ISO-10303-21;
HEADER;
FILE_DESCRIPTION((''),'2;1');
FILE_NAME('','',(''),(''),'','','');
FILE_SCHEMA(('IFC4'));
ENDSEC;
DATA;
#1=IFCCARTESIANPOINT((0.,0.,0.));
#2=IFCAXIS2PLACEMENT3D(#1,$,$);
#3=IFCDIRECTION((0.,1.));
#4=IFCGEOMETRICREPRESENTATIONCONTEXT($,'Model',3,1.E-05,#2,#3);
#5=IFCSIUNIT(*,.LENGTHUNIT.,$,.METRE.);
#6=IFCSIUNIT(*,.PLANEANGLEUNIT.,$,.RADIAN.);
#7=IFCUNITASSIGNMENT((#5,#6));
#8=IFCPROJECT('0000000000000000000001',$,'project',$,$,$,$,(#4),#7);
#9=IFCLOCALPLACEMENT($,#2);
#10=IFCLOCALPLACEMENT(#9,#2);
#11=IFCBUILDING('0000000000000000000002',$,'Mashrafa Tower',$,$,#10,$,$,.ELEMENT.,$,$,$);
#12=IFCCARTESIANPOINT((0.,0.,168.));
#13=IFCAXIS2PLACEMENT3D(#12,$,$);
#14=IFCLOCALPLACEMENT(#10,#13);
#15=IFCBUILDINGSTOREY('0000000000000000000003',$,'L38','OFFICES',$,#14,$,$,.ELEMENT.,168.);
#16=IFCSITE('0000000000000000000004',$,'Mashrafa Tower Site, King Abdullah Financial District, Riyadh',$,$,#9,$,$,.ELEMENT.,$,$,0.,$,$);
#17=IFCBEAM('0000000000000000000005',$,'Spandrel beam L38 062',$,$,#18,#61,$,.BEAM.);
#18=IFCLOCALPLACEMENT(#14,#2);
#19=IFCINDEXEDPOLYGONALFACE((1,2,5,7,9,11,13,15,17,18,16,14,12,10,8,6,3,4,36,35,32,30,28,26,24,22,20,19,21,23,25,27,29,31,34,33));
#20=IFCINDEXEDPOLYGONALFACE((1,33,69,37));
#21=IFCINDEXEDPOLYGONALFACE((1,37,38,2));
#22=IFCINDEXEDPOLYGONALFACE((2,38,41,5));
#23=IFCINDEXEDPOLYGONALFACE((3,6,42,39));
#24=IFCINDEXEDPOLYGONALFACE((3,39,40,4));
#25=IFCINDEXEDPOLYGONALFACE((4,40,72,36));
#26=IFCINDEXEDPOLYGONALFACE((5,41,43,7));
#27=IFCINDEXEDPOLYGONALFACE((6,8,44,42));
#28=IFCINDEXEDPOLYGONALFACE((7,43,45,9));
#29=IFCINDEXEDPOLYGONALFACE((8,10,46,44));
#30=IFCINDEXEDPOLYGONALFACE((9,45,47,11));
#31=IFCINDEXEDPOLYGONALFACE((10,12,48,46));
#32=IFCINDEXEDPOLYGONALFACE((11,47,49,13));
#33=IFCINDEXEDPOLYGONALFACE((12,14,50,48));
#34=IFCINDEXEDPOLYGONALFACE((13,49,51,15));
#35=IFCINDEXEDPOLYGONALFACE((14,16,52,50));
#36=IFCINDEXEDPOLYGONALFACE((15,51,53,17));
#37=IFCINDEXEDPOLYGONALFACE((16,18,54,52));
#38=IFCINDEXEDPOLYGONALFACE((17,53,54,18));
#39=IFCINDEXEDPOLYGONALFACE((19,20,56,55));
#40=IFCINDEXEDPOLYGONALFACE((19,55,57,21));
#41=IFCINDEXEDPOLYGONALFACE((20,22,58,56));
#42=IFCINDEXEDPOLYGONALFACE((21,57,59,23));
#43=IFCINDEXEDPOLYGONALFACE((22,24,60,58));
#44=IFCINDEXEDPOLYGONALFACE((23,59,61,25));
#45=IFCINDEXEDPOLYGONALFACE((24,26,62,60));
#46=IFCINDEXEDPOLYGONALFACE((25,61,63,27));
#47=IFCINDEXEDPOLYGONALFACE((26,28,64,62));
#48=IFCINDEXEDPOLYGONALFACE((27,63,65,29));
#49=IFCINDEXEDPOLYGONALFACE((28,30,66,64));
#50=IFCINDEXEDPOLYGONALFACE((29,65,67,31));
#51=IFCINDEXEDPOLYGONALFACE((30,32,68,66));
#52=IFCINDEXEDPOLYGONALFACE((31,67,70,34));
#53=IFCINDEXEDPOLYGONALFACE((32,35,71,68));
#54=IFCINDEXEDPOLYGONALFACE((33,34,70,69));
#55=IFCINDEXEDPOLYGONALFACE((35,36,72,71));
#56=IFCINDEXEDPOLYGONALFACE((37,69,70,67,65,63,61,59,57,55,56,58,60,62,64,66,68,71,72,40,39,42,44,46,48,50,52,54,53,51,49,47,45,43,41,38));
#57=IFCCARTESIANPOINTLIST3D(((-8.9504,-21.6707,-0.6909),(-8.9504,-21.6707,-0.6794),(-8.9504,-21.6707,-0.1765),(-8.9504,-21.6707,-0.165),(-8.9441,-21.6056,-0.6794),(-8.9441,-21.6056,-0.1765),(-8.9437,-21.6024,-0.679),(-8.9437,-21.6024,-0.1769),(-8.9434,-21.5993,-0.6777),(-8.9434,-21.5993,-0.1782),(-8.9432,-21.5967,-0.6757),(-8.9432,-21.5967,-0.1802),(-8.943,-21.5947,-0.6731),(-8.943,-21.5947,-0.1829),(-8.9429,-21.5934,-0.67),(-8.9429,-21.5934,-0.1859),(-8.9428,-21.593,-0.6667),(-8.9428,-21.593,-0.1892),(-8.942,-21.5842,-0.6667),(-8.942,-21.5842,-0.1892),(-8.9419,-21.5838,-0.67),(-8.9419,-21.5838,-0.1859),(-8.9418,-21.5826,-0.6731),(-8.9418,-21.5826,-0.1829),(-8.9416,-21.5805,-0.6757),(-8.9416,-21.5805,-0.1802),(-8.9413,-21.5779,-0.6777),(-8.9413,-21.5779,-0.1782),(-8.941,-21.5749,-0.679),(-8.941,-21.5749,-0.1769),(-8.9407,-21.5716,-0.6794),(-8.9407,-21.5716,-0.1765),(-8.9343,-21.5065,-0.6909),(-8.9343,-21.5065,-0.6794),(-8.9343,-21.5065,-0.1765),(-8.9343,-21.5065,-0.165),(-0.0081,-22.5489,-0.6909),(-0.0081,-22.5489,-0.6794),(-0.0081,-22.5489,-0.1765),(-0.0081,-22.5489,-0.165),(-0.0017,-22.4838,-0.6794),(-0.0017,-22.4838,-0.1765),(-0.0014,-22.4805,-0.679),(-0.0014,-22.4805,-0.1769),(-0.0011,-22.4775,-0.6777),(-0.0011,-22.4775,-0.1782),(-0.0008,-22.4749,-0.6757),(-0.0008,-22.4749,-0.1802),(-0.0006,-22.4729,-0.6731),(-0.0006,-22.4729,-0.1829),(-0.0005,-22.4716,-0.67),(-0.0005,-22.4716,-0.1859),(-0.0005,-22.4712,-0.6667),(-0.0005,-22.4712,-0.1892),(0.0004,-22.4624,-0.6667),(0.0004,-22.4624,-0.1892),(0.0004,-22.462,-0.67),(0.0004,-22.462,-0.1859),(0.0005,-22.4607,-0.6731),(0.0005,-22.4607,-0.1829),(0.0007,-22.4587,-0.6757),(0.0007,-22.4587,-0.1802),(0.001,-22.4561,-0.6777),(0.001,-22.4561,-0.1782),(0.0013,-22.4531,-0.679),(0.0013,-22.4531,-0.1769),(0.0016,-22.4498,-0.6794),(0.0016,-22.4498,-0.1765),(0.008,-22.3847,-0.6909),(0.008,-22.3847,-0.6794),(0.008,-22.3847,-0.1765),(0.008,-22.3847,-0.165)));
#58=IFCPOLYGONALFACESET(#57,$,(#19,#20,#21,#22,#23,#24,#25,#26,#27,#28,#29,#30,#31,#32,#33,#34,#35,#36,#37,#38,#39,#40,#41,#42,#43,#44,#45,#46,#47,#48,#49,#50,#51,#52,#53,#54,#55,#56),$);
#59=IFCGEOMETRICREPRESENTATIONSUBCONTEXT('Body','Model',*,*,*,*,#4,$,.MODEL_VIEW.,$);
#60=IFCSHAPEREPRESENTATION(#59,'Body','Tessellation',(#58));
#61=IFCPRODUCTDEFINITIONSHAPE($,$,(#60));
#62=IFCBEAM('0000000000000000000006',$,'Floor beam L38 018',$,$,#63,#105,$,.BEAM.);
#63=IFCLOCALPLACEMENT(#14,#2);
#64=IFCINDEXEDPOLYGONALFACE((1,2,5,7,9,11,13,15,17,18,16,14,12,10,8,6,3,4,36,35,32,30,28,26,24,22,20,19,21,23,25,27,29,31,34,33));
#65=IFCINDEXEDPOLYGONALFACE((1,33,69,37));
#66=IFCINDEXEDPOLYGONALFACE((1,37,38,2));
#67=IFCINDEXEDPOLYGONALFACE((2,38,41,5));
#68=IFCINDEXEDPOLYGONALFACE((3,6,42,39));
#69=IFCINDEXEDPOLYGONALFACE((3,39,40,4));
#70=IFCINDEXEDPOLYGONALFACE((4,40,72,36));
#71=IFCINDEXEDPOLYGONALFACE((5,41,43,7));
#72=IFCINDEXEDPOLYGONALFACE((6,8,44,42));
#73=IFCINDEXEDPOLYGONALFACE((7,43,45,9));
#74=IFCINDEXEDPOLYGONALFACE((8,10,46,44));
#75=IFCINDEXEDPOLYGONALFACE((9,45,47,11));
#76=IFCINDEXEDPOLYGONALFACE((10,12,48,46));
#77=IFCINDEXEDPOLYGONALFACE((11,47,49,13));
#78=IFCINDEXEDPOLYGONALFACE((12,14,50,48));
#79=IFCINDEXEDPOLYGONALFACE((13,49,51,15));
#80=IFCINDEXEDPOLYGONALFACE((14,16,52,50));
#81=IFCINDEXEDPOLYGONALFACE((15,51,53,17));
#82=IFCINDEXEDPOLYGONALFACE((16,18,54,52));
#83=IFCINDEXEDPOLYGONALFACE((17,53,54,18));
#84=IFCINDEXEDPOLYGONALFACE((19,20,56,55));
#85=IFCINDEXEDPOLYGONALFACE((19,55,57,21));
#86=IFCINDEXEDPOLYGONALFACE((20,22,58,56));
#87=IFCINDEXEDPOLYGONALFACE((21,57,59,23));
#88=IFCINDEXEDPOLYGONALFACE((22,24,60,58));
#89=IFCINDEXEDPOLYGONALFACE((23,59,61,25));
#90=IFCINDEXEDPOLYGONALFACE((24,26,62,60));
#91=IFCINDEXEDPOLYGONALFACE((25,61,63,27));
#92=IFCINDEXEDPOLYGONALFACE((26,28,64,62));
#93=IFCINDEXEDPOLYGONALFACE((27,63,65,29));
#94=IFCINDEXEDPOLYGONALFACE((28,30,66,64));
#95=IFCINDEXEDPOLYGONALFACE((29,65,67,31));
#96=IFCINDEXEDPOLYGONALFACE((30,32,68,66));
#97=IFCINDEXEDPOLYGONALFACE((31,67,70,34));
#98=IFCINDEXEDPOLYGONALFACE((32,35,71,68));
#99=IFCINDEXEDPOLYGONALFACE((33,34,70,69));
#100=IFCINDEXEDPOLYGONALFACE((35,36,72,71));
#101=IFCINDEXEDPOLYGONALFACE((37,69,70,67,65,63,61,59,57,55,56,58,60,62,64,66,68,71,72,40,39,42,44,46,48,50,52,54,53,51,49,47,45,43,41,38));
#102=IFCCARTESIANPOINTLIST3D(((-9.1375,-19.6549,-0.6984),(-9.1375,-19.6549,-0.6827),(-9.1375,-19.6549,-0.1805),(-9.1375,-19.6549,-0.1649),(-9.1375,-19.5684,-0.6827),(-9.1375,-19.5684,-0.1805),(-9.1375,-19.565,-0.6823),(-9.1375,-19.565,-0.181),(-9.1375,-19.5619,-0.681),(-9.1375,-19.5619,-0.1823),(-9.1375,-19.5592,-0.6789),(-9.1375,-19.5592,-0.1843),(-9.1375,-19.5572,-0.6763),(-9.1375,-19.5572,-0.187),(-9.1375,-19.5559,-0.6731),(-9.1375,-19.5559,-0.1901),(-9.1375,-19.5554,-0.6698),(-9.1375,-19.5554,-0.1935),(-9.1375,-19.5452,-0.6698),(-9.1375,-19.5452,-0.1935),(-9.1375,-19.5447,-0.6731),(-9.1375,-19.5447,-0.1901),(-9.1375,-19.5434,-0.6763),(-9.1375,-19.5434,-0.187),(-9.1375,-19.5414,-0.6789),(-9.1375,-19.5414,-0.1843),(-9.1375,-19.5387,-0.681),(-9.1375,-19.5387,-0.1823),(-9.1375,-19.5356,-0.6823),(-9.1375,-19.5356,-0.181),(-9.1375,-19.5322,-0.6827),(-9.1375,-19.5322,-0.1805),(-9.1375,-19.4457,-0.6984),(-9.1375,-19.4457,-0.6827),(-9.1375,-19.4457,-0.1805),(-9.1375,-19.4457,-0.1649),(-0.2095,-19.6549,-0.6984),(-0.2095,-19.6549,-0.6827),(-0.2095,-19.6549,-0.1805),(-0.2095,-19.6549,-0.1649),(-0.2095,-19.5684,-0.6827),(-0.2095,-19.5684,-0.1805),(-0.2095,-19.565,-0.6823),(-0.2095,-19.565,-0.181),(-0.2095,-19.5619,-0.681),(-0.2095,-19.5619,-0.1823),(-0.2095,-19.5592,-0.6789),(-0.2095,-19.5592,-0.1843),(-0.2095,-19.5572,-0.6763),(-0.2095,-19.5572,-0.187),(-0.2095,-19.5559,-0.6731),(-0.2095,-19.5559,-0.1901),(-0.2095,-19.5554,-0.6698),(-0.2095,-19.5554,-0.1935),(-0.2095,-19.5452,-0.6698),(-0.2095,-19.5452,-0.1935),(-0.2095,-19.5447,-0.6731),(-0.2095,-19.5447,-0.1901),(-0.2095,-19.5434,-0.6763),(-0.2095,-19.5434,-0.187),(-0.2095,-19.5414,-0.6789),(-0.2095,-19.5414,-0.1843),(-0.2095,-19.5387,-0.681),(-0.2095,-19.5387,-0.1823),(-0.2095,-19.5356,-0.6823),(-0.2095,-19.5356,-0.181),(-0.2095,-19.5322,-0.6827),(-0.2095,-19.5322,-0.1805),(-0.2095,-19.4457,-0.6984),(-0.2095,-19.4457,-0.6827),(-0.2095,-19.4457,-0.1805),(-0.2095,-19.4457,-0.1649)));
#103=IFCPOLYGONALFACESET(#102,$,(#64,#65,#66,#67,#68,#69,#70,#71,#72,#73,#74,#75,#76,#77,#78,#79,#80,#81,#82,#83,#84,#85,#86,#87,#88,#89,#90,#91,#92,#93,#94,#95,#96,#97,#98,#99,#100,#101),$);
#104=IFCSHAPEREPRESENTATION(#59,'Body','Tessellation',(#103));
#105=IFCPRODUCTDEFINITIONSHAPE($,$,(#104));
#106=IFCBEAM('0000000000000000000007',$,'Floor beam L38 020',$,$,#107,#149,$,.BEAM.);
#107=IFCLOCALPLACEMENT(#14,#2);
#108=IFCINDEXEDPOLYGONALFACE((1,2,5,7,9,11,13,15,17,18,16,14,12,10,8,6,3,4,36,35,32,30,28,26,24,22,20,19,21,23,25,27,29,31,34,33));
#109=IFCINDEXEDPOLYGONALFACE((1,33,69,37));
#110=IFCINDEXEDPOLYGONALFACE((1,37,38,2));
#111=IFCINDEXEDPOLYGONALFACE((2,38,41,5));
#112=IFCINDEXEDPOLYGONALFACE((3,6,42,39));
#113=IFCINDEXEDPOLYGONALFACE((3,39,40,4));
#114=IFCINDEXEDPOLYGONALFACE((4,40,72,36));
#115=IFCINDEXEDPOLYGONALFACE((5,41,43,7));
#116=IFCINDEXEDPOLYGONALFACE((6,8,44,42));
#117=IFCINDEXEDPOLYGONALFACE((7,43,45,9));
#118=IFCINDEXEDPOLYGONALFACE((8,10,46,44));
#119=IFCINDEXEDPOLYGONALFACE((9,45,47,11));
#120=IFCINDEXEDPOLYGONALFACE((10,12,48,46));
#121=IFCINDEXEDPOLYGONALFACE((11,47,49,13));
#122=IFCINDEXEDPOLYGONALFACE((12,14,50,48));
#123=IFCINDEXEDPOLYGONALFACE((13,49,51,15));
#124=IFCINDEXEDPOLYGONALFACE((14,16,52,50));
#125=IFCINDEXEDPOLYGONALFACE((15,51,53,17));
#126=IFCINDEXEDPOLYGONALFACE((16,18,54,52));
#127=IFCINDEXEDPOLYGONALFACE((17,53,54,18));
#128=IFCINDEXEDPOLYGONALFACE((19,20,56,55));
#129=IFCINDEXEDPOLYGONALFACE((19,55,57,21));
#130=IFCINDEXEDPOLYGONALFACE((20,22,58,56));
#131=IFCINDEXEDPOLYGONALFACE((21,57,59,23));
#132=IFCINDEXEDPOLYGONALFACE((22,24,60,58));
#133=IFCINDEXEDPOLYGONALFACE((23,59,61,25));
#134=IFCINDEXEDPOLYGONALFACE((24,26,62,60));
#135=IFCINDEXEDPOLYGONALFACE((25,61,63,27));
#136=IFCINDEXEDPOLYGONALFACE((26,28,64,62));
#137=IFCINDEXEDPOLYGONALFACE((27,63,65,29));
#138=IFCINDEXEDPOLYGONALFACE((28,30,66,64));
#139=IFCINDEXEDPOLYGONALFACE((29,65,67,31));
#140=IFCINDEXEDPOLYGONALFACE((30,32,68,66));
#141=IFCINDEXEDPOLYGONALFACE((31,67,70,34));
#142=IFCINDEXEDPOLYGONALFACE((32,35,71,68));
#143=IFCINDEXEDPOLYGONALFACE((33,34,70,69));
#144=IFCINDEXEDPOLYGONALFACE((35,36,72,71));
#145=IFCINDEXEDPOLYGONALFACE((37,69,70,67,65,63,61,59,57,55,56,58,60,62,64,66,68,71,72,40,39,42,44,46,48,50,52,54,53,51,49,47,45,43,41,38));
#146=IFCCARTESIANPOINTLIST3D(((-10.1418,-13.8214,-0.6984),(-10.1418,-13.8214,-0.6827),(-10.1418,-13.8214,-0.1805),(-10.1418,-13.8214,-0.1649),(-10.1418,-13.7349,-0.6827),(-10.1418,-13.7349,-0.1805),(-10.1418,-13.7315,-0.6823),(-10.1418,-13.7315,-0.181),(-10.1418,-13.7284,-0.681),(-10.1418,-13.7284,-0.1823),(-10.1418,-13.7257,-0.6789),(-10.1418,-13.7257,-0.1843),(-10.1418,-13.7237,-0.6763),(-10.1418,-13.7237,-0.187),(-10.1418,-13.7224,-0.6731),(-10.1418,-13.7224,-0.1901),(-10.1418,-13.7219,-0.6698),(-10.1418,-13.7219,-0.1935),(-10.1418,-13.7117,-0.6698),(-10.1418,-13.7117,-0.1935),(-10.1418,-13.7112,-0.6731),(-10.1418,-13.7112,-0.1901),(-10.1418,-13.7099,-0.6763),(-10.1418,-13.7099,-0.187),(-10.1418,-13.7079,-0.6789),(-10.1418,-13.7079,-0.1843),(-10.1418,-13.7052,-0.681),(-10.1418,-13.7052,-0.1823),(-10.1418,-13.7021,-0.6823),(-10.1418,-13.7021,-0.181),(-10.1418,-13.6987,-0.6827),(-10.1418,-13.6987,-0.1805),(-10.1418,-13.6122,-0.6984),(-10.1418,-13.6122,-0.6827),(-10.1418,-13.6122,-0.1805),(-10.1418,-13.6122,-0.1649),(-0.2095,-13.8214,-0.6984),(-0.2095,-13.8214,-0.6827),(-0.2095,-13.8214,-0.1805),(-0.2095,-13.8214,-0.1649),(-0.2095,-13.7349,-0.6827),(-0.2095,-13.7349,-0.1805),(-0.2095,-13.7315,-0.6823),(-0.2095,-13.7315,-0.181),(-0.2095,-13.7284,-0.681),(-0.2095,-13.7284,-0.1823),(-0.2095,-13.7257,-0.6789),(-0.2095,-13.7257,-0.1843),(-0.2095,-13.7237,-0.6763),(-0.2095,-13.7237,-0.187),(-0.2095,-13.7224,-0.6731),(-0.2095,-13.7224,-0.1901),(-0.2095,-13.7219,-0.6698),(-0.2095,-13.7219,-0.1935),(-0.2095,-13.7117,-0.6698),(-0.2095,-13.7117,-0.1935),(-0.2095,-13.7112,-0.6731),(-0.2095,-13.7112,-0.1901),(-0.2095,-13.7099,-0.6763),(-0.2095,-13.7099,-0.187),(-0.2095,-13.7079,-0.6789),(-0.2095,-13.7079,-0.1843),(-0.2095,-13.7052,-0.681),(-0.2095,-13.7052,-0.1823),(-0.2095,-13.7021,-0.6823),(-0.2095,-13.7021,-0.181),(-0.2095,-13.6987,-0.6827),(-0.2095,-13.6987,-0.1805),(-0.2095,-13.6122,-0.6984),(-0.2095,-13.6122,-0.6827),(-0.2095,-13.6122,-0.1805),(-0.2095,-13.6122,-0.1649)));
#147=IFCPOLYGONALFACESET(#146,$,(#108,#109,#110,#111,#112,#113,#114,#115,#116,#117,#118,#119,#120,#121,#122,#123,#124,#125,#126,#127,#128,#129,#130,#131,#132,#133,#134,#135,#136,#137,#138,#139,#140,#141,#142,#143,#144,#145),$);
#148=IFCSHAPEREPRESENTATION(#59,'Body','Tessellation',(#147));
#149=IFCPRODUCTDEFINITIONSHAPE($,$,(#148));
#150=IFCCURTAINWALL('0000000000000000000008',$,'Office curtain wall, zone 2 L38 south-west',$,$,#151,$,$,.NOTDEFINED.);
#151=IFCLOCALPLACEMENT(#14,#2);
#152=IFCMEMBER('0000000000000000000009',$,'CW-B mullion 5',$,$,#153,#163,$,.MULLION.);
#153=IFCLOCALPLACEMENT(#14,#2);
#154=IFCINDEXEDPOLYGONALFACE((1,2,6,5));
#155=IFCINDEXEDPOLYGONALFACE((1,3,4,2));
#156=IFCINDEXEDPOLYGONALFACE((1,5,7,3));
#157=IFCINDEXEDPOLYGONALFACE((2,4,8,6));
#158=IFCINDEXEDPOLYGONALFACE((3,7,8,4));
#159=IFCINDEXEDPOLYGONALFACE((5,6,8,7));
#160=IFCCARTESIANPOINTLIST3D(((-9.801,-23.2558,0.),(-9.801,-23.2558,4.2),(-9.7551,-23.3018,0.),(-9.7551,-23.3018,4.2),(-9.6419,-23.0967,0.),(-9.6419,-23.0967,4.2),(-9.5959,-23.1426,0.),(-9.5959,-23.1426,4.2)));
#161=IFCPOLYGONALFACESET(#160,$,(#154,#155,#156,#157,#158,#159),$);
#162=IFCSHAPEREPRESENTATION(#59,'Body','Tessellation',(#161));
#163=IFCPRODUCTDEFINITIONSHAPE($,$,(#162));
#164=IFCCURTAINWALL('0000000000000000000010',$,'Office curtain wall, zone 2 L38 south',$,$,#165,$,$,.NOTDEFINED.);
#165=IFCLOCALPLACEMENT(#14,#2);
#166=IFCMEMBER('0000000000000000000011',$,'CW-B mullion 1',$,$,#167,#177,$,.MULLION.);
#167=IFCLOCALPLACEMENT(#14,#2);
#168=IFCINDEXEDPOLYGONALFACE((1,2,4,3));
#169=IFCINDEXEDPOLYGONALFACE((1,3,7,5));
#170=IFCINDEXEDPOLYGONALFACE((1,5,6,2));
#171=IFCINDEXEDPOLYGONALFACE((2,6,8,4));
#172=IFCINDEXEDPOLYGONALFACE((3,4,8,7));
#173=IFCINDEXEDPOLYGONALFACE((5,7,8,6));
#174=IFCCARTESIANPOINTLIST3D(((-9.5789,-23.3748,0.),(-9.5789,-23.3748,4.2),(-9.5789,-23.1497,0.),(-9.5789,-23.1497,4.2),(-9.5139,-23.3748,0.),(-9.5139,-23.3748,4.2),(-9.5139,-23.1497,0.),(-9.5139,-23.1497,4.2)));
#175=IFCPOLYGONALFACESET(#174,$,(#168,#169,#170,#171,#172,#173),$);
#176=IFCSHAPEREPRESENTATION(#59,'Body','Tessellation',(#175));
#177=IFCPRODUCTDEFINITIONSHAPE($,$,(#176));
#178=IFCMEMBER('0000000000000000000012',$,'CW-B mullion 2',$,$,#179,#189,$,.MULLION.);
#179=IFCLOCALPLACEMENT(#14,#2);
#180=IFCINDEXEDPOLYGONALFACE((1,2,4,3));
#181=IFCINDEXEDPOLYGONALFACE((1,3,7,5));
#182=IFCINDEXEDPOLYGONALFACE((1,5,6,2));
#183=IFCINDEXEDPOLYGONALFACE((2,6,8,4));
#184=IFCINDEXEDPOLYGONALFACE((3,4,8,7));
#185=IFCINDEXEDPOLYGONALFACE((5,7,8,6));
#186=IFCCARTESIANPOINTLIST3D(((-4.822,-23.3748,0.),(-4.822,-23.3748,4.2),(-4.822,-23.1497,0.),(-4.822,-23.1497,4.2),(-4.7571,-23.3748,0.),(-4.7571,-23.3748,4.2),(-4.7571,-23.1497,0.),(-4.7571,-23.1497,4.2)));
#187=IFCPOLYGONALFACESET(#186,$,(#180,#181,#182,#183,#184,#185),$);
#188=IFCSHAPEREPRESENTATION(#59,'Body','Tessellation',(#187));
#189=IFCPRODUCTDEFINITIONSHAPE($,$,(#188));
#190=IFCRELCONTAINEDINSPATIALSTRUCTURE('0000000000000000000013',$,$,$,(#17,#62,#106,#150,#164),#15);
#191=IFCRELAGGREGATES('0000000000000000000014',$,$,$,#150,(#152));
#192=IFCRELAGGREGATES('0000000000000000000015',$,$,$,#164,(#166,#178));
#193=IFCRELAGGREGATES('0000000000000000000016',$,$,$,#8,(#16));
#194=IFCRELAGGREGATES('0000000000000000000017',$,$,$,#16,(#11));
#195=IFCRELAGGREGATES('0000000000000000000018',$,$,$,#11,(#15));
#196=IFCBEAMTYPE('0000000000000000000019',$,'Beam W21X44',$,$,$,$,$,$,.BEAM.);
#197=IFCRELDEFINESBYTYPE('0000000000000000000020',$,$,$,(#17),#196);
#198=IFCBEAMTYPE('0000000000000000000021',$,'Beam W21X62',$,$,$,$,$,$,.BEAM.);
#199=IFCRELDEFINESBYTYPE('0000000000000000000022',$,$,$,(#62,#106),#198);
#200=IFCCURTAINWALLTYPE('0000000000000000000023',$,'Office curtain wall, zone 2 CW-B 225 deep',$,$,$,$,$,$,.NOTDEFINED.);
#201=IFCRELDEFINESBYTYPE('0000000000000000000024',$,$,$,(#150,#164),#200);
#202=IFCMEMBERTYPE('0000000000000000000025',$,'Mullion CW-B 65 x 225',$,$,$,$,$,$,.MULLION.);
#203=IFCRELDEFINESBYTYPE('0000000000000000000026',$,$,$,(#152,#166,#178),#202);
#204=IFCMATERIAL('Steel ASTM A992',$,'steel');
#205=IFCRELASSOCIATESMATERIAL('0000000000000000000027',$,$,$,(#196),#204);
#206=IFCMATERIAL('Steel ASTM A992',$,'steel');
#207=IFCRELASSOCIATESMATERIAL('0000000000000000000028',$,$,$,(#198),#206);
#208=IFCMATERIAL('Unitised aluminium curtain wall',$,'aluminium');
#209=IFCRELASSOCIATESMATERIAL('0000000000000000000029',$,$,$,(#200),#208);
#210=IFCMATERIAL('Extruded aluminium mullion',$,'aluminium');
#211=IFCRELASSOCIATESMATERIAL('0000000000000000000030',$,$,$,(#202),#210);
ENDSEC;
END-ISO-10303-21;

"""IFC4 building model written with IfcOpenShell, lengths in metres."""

from ifc_helpers import new_model, si_unit, direction, frame, origin, origin_2d, place, context, subcontext, project, spatial, rectangle, i_section, extrude, source, transform, mapped, material, material_profile, profile_set, type_object, type_shapes, element, aggregate, save


model = new_model("IFC4")

# Units and contexts
model_context = context("Model", 3, precision=1e-05, world=origin(), true_north=direction((0.0, 1.0)))
body_context = subcontext(model_context, "Body", "Model", "MODEL_VIEW")
ifc_project = project(units=[si_unit("LENGTHUNIT", "METRE"), si_unit("PLANEANGLEUNIT", "RADIAN")], contexts=[model_context])

# Site, building, storey
site_placement = place(None, origin())
site = spatial("IfcSite", under=ifc_project, at=site_placement, Name="Mashrafa Tower Site, King Abdullah Financial District, Riyadh", CompositionType="ELEMENT", RefElevation=0.0)
building_placement = place(site_placement, origin())
building = spatial("IfcBuilding", under=site, at=building_placement, Name="Mashrafa Tower", CompositionType="ELEMENT")
storey_placement = place(building_placement, frame((0.0, 0.0, 168.0)))
storey = spatial("IfcBuildingStorey", under=building, at=storey_placement, Name="L38", Description="OFFICES", CompositionType="ELEMENT", Elevation=168.0)

# Beams
ifc_material_1 = material(Name="Steel ASTM A992", Category="steel")
ifc_material_profile_1 = material_profile(ifc_material_1, i_section(OverallWidth=0.165, OverallDepth=0.5259, WebThickness=0.0088, FlangeThickness=0.0115, FilletRadius=0.0127, at=origin_2d()), Name="W21X44")
ifc_profile_set_1 = profile_set([ifc_material_profile_1], Name="Steel ASTM A992")
beam_type_1 = type_object("IfcBeamType", Name="Beam W21X44", PredefinedType="BEAM", material=ifc_profile_set_1)
beam_1_placement = place(storey_placement, frame((-8.9424, -21.5886, -0.428), z_axis=(0.995213, -0.097733, 0.0), x_axis=(0.097733, 0.995213, 0.0)))
element("IfcBeam", 1, at=beam_1_placement, inside=storey, type_object=beam_type_1, Name="Spandrel beam L38 062", PredefinedType="BEAM", context=body_context, shape_type="SweptSolid", body=[
    extrude(i_section(OverallWidth=0.165, OverallDepth=0.5259, WebThickness=0.0088, FlangeThickness=0.0115, FilletRadius=0.0127, at=origin_2d()), origin(), (0.0, 0.0, 1.0), 8.9854),
])
ifc_material_2 = material(Name="Steel ASTM A992", Category="steel")
ifc_material_profile_2 = material_profile(ifc_material_2, i_section(OverallWidth=0.2092, OverallDepth=0.5334, WebThickness=0.0103, FlangeThickness=0.0156, FilletRadius=0.0129, at=origin_2d()), Name="W21X62")
ifc_profile_set_2 = profile_set([ifc_material_profile_2], Name="Steel ASTM A992")
beam_type_2 = type_object("IfcBeamType", Name="Beam W21X62", PredefinedType="BEAM", material=ifc_profile_set_2)
beam_2_placement = place(storey_placement, frame((-0.2095, -19.5503, -0.4316), z_axis=(-1.0, 0.0, 0.0), x_axis=(0.0, -1.0, 0.0)))
element("IfcBeam", 2, at=beam_2_placement, inside=storey, type_object=beam_type_2, Name="Floor beam L38 018", PredefinedType="BEAM", context=body_context, shape_type="SweptSolid", body=[
    extrude(i_section(OverallWidth=0.2092, OverallDepth=0.5334, WebThickness=0.0103, FlangeThickness=0.0156, FilletRadius=0.0129, at=origin_2d()), origin(), (0.0, 0.0, 1.0), 8.928),
])
beam_3_placement = place(storey_placement, frame((-0.2095, -13.7168, -0.4316), z_axis=(-1.0, 0.0, 0.0), x_axis=(0.0, -1.0, 0.0)))
element("IfcBeam", 3, at=beam_3_placement, inside=storey, type_object=beam_type_2, Name="Floor beam L38 020", PredefinedType="BEAM", context=body_context, shape_type="SweptSolid", body=[
    extrude(i_section(OverallWidth=0.2092, OverallDepth=0.5334, WebThickness=0.0103, FlangeThickness=0.0156, FilletRadius=0.0129, at=origin_2d()), origin(), (0.0, 0.0, 1.0), 9.9324),
])

# Curtain wall, member
ifc_material_3 = material(Name="Unitised aluminium curtain wall", Category="aluminium")
curtain_wall_type = type_object("IfcCurtainWallType", Name="Office curtain wall, zone 2 CW-B 225 deep", PredefinedType="NOTDEFINED", material=ifc_material_3)
curtain_wall_1_placement = place(storey_placement, origin())
curtain_wall_1 = element("IfcCurtainWall", 4, at=curtain_wall_1_placement, inside=storey, type_object=curtain_wall_type, Name="Office curtain wall, zone 2 L38 south-west", PredefinedType="NOTDEFINED")
ifc_material_4 = material(Name="Extruded aluminium mullion", Category="aluminium")
ifc_material_profile_3 = material_profile(ifc_material_4, rectangle(XDim=0.2251, YDim=0.0649, at=origin_2d()), Name="Mullion 65x225")
ifc_profile_set_3 = profile_set([ifc_material_profile_3], Name="Extruded aluminium mullion")
member_type_1 = type_object("IfcMemberType", Name="Mullion CW-B 65 x 225", PredefinedType="MULLION", material=ifc_profile_set_3)
shared_shape_1 = source(origin(), body_context, "Body", "SweptSolid", [
    extrude(rectangle(XDim=0.2251, YDim=0.0649, at=origin_2d()), origin(), (0.0, 0.0, 1.0), 4.2),
])
type_shapes(member_type_1, [shared_shape_1])
member_1_placement = place(storey_placement, frame((-9.6985, -23.1992, 0.0), z_axis=(0.0, 0.0, 1.0), x_axis=(0.707107, 0.707107, 0.0)))
member_1 = element("IfcMember", 5, at=member_1_placement, type_object=member_type_1, Name="CW-B mullion 5", PredefinedType="MULLION", context=body_context, shape_type="MappedRepresentation", body=[
    mapped(shared_shape_1, transform((0.0, 0.0, 0.0))),
])

# Curtain wall, members
curtain_wall_2_placement = place(storey_placement, origin())
curtain_wall_2 = element("IfcCurtainWall", 6, at=curtain_wall_2_placement, inside=storey, type_object=curtain_wall_type, Name="Office curtain wall, zone 2 L38 south", PredefinedType="NOTDEFINED")
member_2_placement = place(storey_placement, frame((-9.5464, -23.2622, 0.0), z_axis=(0.0, 0.0, 1.0), x_axis=(0.0, 1.0, 0.0)))
member_2 = element("IfcMember", 7, at=member_2_placement, type_object=member_type_1, Name="CW-B mullion 1", PredefinedType="MULLION", context=body_context, shape_type="MappedRepresentation", body=[
    mapped(shared_shape_1, transform((0.0, 0.0, 0.0))),
])
member_3_placement = place(storey_placement, frame((-4.7896, -23.2622, 0.0), z_axis=(0.0, 0.0, 1.0), x_axis=(0.0, 1.0, 0.0)))
member_3 = element("IfcMember", 8, at=member_3_placement, type_object=member_type_1, Name="CW-B mullion 2", PredefinedType="MULLION", context=body_context, shape_type="MappedRepresentation", body=[
    mapped(shared_shape_1, transform((0.0, 0.0, 0.0))),
])

aggregate(curtain_wall_1, [member_1])
aggregate(curtain_wall_2, [member_2, member_3])

save(model, "model.ifc")
